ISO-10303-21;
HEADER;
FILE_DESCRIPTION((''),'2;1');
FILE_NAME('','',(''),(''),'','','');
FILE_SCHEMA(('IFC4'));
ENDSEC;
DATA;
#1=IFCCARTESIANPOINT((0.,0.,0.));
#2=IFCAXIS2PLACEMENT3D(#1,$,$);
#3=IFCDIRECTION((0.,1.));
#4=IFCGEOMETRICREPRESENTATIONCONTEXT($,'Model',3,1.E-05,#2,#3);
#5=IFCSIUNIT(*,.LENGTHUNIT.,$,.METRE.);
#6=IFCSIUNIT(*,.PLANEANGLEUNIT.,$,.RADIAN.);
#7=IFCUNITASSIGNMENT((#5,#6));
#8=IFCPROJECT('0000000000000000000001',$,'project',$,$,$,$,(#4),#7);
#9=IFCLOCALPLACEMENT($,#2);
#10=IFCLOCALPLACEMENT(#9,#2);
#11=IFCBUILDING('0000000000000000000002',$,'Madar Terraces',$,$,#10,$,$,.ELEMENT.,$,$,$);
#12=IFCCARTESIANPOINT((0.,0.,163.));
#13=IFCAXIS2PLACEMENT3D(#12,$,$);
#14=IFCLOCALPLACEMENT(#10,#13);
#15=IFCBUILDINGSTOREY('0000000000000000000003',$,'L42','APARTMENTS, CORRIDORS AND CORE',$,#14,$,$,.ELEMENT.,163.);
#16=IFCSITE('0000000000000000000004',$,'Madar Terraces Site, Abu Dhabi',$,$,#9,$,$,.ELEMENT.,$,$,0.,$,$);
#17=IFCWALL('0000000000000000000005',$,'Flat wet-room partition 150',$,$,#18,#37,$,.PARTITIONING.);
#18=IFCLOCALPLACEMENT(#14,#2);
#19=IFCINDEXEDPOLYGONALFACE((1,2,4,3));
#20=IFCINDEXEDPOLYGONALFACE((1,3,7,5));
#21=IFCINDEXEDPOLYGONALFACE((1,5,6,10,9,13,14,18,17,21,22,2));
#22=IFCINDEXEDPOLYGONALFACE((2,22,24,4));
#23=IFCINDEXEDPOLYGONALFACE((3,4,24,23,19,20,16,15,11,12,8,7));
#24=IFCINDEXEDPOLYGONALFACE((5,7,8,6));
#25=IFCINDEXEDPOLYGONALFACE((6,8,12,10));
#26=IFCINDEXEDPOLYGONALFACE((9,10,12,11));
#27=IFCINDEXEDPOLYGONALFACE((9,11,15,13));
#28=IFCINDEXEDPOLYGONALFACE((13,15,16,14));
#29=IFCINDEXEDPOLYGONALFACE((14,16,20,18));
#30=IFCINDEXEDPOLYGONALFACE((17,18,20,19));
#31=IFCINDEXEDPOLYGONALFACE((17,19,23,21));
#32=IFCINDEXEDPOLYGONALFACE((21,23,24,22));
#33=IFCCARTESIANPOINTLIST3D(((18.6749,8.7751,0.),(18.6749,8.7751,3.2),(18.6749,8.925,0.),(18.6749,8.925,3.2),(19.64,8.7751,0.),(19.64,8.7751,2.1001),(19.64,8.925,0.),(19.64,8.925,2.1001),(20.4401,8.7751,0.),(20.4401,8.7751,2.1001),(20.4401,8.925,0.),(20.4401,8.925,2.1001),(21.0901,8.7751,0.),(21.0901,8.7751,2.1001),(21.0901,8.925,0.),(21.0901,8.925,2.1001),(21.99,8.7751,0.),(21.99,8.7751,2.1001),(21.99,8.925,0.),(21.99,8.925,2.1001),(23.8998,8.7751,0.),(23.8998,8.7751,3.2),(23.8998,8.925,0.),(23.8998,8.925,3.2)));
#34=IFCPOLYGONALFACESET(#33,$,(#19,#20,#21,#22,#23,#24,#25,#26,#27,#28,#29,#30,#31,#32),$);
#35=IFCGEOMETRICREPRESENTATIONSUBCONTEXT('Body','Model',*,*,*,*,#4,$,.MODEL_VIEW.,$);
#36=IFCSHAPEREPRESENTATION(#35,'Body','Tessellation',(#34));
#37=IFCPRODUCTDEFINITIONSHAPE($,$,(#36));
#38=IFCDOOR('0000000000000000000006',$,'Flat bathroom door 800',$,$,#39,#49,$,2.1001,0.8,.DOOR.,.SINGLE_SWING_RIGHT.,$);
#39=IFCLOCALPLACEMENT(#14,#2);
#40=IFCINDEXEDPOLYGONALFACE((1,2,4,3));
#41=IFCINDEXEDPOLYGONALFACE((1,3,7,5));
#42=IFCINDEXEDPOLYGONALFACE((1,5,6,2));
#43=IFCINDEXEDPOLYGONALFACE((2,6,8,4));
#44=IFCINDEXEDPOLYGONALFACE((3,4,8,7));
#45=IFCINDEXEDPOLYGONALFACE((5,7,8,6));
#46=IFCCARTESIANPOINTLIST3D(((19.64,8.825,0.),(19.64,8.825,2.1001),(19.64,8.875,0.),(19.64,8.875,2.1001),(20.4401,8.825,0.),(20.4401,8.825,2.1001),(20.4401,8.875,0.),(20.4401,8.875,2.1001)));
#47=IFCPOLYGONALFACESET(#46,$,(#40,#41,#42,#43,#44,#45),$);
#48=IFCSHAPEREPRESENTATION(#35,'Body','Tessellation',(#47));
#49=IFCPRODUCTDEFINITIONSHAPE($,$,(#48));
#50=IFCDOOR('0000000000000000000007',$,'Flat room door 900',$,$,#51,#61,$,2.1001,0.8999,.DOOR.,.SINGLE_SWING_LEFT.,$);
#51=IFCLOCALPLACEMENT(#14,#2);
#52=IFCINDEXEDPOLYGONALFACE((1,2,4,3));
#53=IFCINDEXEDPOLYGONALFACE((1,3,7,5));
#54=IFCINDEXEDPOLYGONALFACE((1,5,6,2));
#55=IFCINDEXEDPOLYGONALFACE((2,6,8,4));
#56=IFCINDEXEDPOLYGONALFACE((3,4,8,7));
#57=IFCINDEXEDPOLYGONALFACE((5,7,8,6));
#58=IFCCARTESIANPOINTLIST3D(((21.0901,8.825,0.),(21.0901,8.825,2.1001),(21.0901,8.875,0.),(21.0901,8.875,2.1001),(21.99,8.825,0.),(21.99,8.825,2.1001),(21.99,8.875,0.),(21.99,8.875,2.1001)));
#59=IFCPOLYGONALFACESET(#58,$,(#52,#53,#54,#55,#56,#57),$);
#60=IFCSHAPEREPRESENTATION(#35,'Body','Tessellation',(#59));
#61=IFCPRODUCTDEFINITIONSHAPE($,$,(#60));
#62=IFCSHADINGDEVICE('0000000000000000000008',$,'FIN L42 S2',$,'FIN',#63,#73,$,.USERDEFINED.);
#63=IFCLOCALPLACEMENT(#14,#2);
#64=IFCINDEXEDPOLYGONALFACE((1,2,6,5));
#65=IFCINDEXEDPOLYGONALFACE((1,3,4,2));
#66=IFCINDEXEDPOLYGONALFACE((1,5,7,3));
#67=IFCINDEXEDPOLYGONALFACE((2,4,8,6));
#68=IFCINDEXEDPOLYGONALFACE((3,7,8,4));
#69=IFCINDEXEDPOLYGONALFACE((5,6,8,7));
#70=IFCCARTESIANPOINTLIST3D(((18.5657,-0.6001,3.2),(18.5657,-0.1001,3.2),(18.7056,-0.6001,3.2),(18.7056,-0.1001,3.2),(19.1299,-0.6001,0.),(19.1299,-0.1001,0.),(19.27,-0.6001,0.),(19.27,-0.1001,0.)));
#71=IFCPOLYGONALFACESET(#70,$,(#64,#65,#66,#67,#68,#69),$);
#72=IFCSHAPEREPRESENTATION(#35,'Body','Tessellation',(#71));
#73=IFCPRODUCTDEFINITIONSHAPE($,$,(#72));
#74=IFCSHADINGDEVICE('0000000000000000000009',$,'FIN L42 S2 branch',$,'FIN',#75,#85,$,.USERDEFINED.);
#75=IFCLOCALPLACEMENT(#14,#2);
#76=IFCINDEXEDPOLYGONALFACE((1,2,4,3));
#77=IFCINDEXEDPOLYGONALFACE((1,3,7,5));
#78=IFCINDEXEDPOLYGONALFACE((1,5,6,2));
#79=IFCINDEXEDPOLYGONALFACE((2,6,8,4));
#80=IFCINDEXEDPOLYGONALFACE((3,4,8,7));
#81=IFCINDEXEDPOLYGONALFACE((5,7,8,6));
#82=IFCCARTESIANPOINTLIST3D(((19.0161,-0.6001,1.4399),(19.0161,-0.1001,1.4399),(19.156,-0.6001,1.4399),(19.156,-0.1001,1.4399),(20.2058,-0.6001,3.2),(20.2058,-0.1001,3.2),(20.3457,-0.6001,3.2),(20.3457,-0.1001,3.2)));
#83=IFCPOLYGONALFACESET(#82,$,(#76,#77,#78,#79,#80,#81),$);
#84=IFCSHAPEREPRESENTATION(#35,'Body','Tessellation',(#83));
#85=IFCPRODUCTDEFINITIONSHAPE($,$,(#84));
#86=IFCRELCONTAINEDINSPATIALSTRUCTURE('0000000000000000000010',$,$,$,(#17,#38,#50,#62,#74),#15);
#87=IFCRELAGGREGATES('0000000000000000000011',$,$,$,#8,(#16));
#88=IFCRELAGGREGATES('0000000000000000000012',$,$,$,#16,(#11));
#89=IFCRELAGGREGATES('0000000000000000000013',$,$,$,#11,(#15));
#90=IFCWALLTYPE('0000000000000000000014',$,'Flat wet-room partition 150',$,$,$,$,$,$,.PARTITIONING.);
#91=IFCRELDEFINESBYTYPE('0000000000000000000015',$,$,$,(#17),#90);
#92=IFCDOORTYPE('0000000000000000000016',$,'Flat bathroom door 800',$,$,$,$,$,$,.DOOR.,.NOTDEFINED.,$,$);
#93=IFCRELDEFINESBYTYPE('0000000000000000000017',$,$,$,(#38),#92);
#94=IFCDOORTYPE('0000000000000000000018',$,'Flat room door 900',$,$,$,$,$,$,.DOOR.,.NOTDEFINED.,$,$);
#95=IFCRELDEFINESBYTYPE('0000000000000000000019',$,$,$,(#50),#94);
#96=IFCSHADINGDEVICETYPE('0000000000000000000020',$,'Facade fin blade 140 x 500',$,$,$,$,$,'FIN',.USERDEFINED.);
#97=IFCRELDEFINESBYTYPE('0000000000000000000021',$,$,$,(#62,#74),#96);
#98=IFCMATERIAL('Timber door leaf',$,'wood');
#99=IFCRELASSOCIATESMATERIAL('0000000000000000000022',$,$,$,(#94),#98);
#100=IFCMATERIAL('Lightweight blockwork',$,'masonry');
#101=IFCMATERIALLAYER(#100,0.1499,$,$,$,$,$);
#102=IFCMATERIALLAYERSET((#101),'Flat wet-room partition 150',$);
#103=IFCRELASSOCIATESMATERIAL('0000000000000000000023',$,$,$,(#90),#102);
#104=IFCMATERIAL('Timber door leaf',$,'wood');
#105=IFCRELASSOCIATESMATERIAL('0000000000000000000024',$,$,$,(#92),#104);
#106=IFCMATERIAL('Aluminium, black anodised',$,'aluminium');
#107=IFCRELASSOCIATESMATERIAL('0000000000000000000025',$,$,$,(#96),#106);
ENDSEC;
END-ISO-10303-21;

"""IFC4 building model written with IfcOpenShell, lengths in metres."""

from ifc_helpers import new_model, si_unit, direction, frame, frame_2d, origin, place, context, subcontext, project, spatial, polyline, rectangle, outline, extrude, material, layer, layer_set, type_object, element, fill, save


model = new_model("IFC4")

# Units and contexts
model_context = context("Model", 3, precision=1e-05, world=origin(), true_north=direction((0.0, 1.0)))
body_context = subcontext(model_context, "Body", "Model", "MODEL_VIEW")
ifc_project = project(units=[si_unit("LENGTHUNIT", "METRE"), si_unit("PLANEANGLEUNIT", "RADIAN")], contexts=[model_context])

# Site, building, storey
site_placement = place(None, origin())
site = spatial("IfcSite", under=ifc_project, at=site_placement, Name="Madar Terraces Site, Abu Dhabi", CompositionType="ELEMENT", RefElevation=0.0)
building_placement = place(site_placement, origin())
building = spatial("IfcBuilding", under=site, at=building_placement, Name="Madar Terraces", CompositionType="ELEMENT")
storey_placement = place(building_placement, frame((0.0, 0.0, 163.0)))
storey = spatial("IfcBuildingStorey", under=building, at=storey_placement, Name="L42", Description="APARTMENTS, CORRIDORS AND CORE", CompositionType="ELEMENT", Elevation=163.0)

# Shared definitions
ifc_material_1 = material(Name="Timber door leaf", Category="wood")
door_type_1 = type_object("IfcDoorType", Name="Flat room door 900", OperationType="NOTDEFINED", PredefinedType="DOOR", material=ifc_material_1)

# Shared definitions
ifc_material_2 = material(Name="Lightweight blockwork", Category="masonry")
ifc_layer_1 = layer(ifc_material_2, 0.1499)
ifc_layer_set_1 = layer_set([ifc_layer_1], Name="Flat wet-room partition 150")
wall_type_1 = type_object("IfcWallType", Name="Flat wet-room partition 150", PredefinedType="PARTITIONING", material=ifc_layer_set_1)

# Wall, openings, doors
wall_1_placement = place(storey_placement, frame((18.675, 8.8501, 0.0), z_axis=(0.0, 0.0, 1.0), x_axis=(1.0, 0.0, 0.0)))
wall_1 = element("IfcWall", 1, at=wall_1_placement, inside=storey, type_object=wall_type_1, Name="Flat wet-room partition 150", PredefinedType="PARTITIONING", context=body_context, shape_type="SweptSolid", body=[
    extrude(rectangle(XDim=5.2249, YDim=0.1499, at=frame_2d((2.6123, 0.0))), origin(), (0.0, 0.0, 1.0), 3.2),
])
opening_1_placement = place(wall_1_placement, frame((0.9651, 0.0, 0.0)))
opening_1 = element("IfcOpeningElement", 2, at=opening_1_placement, cuts=wall_1, PredefinedType="OPENING", context=body_context, shape_type="SweptSolid", body=[
    extrude(rectangle(XDim=0.8, YDim=2.1001, at=frame_2d((0.3999, 1.05))), frame((0.0, 0.085, 0.0), z_axis=(0.0, -1.0, 0.0), x_axis=(1.0, 0.0, 0.0)), (0.0, 0.0, 1.0), 0.1699),
])
opening_2_placement = place(wall_1_placement, frame((2.415, 0.0, 0.0)))
opening_2 = element("IfcOpeningElement", 3, at=opening_2_placement, cuts=wall_1, PredefinedType="OPENING", context=body_context, shape_type="SweptSolid", body=[
    extrude(rectangle(XDim=0.8999, YDim=2.1001, at=frame_2d((0.45, 1.05))), frame((0.0, 0.085, 0.0), z_axis=(0.0, -1.0, 0.0), x_axis=(1.0, 0.0, 0.0)), (0.0, 0.0, 1.0), 0.1699),
])
ifc_material_3 = material(Name="Timber door leaf", Category="wood")
door_type_2 = type_object("IfcDoorType", Name="Flat bathroom door 800", OperationType="NOTDEFINED", PredefinedType="DOOR", material=ifc_material_3)
door_1_placement = place(opening_1_placement, origin())
door_1 = element("IfcDoor", 4, at=door_1_placement, inside=storey, type_object=door_type_2, Name="Flat bathroom door 800", OperationType="SINGLE_SWING_RIGHT", OverallHeight=2.1001, OverallWidth=0.8, PredefinedType="DOOR", context=body_context, shape_type="SweptSolid", body=[
    extrude(rectangle(XDim=0.8, YDim=2.1001, at=frame_2d((0.3999, 1.05))), frame((0.0, 0.0249, 0.0), z_axis=(0.0, -1.0, 0.0), x_axis=(1.0, 0.0, 0.0)), (0.0, 0.0, 1.0), 0.05),
])
fill(opening_1, door_1)
door_2_placement = place(opening_2_placement, origin())
door_2 = element("IfcDoor", 5, at=door_2_placement, inside=storey, type_object=door_type_1, Name="Flat room door 900", OperationType="SINGLE_SWING_LEFT", OverallHeight=2.1001, OverallWidth=0.8999, PredefinedType="DOOR", context=body_context, shape_type="SweptSolid", body=[
    extrude(rectangle(XDim=0.8999, YDim=2.1001, at=frame_2d((0.45, 1.05))), frame((0.0, 0.0249, 0.0), z_axis=(0.0, -1.0, 0.0), x_axis=(1.0, 0.0, 0.0)), (0.0, 0.0, 1.0), 0.05),
])
fill(opening_2, door_2)

# Shading devices
ifc_material_4 = material(Name="Aluminium, black anodised", Category="aluminium")
shading_device_type = type_object("IfcShadingDeviceType", Name="Facade fin blade 140 x 500", ElementType="FIN", PredefinedType="USERDEFINED", material=ifc_material_4)
shading_device_1_placement = place(storey_placement, frame((19.1299, -0.3501, 0.0), z_axis=(0.0, 0.0, 1.0), x_axis=(1.0, 0.0, 0.0)))
element("IfcShadingDevice", 6, at=shading_device_1_placement, inside=storey, type_object=shading_device_type, Name="FIN L42 S2", ObjectType="FIN", PredefinedType="USERDEFINED", context=body_context, shape_type="SweptSolid", body=[
    extrude(outline(polyline([(0.0, 0.0), (0.1401, 0.0), (-0.4243, 3.2), (-0.5642, 3.2), (0.0, 0.0)])), frame((0.0, 0.25, 0.0), z_axis=(0.0, -1.0, 0.0), x_axis=(1.0, 0.0, 0.0)), (0.0, 0.0, 1.0), 0.5),
])
shading_device_2_placement = place(storey_placement, frame((19.0161, -0.3501, 1.4399), z_axis=(0.0, 0.0, 1.0), x_axis=(1.0, 0.0, 0.0)))
element("IfcShadingDevice", 7, at=shading_device_2_placement, inside=storey, type_object=shading_device_type, Name="FIN L42 S2 branch", ObjectType="FIN", PredefinedType="USERDEFINED", context=body_context, shape_type="SweptSolid", body=[
    extrude(outline(polyline([(0.0, 0.0), (0.1399, 0.0), (1.3296, 1.76), (1.1897, 1.76), (0.0, 0.0)])), frame((0.0, 0.25, 0.0), z_axis=(0.0, -1.0, 0.0), x_axis=(1.0, 0.0, 0.0)), (0.0, 0.0, 1.0), 0.5),
])

save(model, "model.ifc")
